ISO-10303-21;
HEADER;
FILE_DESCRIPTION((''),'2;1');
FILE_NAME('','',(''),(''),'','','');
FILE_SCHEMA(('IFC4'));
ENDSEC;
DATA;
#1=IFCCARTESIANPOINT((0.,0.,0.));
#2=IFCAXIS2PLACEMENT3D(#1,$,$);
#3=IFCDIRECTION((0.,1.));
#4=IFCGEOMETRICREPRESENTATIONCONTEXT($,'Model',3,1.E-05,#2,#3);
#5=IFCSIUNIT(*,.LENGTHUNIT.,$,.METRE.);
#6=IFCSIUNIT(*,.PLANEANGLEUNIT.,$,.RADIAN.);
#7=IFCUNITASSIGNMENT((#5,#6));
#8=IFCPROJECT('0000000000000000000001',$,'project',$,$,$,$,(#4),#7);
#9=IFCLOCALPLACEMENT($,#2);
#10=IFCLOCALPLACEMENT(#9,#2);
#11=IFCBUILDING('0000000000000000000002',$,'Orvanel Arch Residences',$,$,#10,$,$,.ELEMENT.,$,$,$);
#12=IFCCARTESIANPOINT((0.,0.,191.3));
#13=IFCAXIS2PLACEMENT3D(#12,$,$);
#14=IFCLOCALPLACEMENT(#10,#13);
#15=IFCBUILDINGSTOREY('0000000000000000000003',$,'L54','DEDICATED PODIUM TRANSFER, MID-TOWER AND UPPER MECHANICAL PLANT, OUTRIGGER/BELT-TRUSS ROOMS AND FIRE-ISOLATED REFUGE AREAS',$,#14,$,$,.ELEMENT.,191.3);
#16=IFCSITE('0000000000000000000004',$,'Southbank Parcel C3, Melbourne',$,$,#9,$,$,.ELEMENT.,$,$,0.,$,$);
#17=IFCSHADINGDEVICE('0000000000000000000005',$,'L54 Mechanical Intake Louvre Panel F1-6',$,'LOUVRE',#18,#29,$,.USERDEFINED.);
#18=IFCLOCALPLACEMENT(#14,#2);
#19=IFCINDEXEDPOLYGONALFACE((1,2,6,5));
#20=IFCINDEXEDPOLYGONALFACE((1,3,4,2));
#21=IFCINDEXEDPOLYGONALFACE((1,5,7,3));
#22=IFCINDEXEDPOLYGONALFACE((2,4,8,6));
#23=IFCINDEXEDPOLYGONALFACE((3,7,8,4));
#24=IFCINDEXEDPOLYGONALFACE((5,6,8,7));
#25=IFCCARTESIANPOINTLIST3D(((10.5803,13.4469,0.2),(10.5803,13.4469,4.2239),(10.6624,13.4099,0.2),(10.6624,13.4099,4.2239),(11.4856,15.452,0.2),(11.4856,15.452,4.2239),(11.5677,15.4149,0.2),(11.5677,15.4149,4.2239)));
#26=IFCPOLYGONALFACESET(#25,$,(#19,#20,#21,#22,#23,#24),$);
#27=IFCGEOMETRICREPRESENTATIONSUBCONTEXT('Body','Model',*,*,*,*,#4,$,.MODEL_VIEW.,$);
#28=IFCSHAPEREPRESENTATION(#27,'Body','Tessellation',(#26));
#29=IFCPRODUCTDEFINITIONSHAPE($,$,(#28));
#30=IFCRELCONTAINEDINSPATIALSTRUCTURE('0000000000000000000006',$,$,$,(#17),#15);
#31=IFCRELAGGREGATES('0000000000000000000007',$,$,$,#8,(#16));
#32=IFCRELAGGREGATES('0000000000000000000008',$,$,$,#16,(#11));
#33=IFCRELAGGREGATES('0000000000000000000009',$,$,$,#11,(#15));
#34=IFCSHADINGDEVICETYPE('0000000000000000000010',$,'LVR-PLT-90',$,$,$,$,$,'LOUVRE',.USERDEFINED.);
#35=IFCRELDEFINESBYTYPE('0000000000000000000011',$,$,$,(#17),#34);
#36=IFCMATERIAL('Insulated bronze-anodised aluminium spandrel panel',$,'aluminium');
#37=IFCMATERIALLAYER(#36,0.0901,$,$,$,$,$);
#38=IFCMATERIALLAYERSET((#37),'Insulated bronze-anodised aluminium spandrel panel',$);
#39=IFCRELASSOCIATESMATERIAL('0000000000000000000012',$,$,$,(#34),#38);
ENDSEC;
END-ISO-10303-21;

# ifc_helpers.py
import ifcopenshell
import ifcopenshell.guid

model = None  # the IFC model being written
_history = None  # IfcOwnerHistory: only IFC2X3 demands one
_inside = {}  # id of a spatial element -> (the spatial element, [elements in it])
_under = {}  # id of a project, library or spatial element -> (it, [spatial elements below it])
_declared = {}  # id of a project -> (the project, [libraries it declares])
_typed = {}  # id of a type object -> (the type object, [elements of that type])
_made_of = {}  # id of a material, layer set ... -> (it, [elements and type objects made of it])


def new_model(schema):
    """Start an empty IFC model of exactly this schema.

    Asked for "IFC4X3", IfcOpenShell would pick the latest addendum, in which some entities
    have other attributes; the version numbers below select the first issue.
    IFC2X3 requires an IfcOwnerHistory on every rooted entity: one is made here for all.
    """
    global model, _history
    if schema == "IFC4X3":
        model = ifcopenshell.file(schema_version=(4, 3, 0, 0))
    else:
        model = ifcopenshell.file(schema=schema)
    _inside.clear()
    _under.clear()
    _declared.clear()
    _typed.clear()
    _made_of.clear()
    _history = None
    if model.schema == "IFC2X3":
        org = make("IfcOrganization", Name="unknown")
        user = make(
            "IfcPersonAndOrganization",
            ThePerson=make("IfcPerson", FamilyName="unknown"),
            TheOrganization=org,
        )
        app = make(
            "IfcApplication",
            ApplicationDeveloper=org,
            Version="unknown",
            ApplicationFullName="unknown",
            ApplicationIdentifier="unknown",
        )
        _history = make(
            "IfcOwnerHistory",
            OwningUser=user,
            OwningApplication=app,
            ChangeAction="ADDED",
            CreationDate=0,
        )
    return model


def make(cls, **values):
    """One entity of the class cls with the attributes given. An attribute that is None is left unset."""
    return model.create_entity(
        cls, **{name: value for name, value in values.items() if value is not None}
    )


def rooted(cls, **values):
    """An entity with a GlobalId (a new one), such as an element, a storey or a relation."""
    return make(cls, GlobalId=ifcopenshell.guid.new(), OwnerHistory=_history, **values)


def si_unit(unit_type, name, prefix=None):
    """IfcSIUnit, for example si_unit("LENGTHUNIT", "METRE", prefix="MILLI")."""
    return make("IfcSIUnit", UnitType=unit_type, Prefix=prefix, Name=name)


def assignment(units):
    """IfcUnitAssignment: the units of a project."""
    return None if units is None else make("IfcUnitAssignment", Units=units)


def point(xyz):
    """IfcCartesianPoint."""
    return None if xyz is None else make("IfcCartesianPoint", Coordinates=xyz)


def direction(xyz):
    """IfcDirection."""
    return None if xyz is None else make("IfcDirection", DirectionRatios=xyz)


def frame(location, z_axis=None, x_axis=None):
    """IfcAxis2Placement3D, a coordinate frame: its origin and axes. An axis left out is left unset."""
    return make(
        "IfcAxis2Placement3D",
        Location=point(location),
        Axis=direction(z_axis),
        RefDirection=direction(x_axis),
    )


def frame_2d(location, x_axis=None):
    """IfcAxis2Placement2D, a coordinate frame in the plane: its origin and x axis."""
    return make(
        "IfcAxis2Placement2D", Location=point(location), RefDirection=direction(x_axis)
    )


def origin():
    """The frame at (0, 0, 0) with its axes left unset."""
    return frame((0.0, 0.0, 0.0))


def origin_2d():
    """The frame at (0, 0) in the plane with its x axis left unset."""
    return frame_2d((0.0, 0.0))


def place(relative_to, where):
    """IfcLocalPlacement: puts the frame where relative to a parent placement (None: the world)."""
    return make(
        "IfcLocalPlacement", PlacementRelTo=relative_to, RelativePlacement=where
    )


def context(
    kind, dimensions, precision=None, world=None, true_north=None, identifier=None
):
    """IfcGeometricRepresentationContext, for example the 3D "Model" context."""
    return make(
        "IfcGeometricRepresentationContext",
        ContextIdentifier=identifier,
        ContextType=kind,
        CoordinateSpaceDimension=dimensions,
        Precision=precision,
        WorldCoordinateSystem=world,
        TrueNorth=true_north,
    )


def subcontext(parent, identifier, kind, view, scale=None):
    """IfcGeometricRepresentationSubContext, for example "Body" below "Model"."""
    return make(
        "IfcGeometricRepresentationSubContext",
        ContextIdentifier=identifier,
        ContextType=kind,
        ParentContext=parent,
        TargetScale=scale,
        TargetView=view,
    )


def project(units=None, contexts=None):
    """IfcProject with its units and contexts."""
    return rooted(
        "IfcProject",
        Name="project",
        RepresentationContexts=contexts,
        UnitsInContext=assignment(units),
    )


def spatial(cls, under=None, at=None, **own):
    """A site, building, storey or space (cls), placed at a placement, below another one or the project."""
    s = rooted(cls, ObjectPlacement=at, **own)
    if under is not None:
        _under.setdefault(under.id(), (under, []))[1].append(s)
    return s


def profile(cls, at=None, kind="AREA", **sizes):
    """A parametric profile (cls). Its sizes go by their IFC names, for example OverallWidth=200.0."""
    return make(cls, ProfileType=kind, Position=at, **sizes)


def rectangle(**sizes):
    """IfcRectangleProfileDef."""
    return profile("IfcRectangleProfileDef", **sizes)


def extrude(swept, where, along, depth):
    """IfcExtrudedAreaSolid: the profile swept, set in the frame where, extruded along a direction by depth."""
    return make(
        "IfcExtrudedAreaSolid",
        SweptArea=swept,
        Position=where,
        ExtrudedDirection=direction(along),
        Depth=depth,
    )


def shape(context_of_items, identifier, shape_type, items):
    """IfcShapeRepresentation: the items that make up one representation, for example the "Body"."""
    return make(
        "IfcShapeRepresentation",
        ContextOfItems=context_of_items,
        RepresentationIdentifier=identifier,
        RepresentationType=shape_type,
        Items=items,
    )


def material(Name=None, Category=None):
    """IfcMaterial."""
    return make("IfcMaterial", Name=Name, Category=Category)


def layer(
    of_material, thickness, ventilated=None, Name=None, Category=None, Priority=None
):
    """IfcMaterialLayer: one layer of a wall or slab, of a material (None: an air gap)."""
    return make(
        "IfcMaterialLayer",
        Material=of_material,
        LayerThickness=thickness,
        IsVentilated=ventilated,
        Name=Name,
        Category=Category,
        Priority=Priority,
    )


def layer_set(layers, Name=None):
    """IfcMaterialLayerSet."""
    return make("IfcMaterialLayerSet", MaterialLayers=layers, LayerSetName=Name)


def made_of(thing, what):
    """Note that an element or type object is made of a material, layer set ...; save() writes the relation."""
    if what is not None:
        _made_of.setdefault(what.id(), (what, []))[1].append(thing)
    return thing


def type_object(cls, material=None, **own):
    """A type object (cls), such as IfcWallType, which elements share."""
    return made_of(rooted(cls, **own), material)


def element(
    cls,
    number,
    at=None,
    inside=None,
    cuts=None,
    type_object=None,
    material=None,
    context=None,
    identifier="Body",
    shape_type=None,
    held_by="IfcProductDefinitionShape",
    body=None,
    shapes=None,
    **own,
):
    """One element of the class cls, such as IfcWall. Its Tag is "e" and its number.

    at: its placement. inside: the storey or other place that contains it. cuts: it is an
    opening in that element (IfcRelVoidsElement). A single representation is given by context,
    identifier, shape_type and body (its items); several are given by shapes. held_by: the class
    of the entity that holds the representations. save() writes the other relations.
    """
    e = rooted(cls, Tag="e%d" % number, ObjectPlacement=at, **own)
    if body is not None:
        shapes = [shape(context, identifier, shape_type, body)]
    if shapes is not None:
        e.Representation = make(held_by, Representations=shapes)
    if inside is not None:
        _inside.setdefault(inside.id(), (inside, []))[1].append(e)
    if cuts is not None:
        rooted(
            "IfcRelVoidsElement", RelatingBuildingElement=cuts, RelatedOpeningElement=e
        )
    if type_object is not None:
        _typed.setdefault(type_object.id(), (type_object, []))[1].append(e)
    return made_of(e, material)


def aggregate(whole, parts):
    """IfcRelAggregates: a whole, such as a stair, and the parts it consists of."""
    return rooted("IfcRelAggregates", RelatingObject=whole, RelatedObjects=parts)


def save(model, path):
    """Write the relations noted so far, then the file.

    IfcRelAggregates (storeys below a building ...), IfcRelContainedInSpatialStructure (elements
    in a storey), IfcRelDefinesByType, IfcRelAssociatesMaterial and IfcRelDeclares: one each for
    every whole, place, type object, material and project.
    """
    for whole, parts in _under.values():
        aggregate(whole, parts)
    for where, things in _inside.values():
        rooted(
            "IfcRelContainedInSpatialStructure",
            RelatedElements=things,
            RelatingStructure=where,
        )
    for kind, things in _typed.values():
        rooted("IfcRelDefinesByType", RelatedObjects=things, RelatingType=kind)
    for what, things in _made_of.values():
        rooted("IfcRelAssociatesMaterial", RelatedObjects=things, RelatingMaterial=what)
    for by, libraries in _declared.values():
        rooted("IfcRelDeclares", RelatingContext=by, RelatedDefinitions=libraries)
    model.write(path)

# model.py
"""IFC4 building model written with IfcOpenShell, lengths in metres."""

from ifc_helpers import new_model, si_unit, direction, frame, origin, origin_2d, place, context, subcontext, project, spatial, rectangle, extrude, material, layer, layer_set, type_object, element, save


model = new_model("IFC4")

# Units and contexts
model_context = context("Model", 3, precision=1e-05, world=origin(), true_north=direction((0.0, 1.0)))
body_context = subcontext(model_context, "Body", "Model", "MODEL_VIEW")
ifc_project = project(units=[si_unit("LENGTHUNIT", "METRE"), si_unit("PLANEANGLEUNIT", "RADIAN")], contexts=[model_context])

# Site, building, storey
site_placement = place(None, origin())
site = spatial("IfcSite", under=ifc_project, at=site_placement, Name="Southbank Parcel C3, Melbourne", CompositionType="ELEMENT", RefElevation=0.0)
building_placement = place(site_placement, origin())
building = spatial("IfcBuilding", under=site, at=building_placement, Name="Orvanel Arch Residences", CompositionType="ELEMENT")
storey_placement = place(building_placement, frame((0.0, 0.0, 191.3)))
storey = spatial("IfcBuildingStorey", under=building, at=storey_placement, Name="L54", Description="DEDICATED PODIUM TRANSFER, MID-TOWER AND UPPER MECHANICAL PLANT, OUTRIGGER/BELT-TRUSS ROOMS AND FIRE-ISOLATED REFUGE AREAS", CompositionType="ELEMENT", Elevation=191.3)

# Shading device
ifc_material_1 = material(Name="Insulated bronze-anodised aluminium spandrel panel", Category="aluminium")
ifc_layer_1 = layer(ifc_material_1, 0.0901)
ifc_layer_set_1 = layer_set([ifc_layer_1], Name="Insulated bronze-anodised aluminium spandrel panel")
shading_device_type = type_object("IfcShadingDeviceType", Name="LVR-PLT-90", ElementType="LOUVRE", PredefinedType="USERDEFINED", material=ifc_layer_set_1)
shading_device_placement = place(storey_placement, frame((11.074, 14.4309, 0.2), z_axis=(0.0, 0.0, 1.0), x_axis=(-0.411514, -0.911403, 0.0)))
element("IfcShadingDevice", 1, at=shading_device_placement, inside=storey, type_object=shading_device_type, Name="L54 Mechanical Intake Louvre Panel F1-6", ObjectType="LOUVRE", PredefinedType="USERDEFINED", context=body_context, shape_type="SweptSolid", body=[
    extrude(rectangle(XDim=2.2, YDim=0.0901, at=origin_2d()), origin(), (0.0, 0.0, 1.0), 4.0239),
])

save(model, "model.ifc")
